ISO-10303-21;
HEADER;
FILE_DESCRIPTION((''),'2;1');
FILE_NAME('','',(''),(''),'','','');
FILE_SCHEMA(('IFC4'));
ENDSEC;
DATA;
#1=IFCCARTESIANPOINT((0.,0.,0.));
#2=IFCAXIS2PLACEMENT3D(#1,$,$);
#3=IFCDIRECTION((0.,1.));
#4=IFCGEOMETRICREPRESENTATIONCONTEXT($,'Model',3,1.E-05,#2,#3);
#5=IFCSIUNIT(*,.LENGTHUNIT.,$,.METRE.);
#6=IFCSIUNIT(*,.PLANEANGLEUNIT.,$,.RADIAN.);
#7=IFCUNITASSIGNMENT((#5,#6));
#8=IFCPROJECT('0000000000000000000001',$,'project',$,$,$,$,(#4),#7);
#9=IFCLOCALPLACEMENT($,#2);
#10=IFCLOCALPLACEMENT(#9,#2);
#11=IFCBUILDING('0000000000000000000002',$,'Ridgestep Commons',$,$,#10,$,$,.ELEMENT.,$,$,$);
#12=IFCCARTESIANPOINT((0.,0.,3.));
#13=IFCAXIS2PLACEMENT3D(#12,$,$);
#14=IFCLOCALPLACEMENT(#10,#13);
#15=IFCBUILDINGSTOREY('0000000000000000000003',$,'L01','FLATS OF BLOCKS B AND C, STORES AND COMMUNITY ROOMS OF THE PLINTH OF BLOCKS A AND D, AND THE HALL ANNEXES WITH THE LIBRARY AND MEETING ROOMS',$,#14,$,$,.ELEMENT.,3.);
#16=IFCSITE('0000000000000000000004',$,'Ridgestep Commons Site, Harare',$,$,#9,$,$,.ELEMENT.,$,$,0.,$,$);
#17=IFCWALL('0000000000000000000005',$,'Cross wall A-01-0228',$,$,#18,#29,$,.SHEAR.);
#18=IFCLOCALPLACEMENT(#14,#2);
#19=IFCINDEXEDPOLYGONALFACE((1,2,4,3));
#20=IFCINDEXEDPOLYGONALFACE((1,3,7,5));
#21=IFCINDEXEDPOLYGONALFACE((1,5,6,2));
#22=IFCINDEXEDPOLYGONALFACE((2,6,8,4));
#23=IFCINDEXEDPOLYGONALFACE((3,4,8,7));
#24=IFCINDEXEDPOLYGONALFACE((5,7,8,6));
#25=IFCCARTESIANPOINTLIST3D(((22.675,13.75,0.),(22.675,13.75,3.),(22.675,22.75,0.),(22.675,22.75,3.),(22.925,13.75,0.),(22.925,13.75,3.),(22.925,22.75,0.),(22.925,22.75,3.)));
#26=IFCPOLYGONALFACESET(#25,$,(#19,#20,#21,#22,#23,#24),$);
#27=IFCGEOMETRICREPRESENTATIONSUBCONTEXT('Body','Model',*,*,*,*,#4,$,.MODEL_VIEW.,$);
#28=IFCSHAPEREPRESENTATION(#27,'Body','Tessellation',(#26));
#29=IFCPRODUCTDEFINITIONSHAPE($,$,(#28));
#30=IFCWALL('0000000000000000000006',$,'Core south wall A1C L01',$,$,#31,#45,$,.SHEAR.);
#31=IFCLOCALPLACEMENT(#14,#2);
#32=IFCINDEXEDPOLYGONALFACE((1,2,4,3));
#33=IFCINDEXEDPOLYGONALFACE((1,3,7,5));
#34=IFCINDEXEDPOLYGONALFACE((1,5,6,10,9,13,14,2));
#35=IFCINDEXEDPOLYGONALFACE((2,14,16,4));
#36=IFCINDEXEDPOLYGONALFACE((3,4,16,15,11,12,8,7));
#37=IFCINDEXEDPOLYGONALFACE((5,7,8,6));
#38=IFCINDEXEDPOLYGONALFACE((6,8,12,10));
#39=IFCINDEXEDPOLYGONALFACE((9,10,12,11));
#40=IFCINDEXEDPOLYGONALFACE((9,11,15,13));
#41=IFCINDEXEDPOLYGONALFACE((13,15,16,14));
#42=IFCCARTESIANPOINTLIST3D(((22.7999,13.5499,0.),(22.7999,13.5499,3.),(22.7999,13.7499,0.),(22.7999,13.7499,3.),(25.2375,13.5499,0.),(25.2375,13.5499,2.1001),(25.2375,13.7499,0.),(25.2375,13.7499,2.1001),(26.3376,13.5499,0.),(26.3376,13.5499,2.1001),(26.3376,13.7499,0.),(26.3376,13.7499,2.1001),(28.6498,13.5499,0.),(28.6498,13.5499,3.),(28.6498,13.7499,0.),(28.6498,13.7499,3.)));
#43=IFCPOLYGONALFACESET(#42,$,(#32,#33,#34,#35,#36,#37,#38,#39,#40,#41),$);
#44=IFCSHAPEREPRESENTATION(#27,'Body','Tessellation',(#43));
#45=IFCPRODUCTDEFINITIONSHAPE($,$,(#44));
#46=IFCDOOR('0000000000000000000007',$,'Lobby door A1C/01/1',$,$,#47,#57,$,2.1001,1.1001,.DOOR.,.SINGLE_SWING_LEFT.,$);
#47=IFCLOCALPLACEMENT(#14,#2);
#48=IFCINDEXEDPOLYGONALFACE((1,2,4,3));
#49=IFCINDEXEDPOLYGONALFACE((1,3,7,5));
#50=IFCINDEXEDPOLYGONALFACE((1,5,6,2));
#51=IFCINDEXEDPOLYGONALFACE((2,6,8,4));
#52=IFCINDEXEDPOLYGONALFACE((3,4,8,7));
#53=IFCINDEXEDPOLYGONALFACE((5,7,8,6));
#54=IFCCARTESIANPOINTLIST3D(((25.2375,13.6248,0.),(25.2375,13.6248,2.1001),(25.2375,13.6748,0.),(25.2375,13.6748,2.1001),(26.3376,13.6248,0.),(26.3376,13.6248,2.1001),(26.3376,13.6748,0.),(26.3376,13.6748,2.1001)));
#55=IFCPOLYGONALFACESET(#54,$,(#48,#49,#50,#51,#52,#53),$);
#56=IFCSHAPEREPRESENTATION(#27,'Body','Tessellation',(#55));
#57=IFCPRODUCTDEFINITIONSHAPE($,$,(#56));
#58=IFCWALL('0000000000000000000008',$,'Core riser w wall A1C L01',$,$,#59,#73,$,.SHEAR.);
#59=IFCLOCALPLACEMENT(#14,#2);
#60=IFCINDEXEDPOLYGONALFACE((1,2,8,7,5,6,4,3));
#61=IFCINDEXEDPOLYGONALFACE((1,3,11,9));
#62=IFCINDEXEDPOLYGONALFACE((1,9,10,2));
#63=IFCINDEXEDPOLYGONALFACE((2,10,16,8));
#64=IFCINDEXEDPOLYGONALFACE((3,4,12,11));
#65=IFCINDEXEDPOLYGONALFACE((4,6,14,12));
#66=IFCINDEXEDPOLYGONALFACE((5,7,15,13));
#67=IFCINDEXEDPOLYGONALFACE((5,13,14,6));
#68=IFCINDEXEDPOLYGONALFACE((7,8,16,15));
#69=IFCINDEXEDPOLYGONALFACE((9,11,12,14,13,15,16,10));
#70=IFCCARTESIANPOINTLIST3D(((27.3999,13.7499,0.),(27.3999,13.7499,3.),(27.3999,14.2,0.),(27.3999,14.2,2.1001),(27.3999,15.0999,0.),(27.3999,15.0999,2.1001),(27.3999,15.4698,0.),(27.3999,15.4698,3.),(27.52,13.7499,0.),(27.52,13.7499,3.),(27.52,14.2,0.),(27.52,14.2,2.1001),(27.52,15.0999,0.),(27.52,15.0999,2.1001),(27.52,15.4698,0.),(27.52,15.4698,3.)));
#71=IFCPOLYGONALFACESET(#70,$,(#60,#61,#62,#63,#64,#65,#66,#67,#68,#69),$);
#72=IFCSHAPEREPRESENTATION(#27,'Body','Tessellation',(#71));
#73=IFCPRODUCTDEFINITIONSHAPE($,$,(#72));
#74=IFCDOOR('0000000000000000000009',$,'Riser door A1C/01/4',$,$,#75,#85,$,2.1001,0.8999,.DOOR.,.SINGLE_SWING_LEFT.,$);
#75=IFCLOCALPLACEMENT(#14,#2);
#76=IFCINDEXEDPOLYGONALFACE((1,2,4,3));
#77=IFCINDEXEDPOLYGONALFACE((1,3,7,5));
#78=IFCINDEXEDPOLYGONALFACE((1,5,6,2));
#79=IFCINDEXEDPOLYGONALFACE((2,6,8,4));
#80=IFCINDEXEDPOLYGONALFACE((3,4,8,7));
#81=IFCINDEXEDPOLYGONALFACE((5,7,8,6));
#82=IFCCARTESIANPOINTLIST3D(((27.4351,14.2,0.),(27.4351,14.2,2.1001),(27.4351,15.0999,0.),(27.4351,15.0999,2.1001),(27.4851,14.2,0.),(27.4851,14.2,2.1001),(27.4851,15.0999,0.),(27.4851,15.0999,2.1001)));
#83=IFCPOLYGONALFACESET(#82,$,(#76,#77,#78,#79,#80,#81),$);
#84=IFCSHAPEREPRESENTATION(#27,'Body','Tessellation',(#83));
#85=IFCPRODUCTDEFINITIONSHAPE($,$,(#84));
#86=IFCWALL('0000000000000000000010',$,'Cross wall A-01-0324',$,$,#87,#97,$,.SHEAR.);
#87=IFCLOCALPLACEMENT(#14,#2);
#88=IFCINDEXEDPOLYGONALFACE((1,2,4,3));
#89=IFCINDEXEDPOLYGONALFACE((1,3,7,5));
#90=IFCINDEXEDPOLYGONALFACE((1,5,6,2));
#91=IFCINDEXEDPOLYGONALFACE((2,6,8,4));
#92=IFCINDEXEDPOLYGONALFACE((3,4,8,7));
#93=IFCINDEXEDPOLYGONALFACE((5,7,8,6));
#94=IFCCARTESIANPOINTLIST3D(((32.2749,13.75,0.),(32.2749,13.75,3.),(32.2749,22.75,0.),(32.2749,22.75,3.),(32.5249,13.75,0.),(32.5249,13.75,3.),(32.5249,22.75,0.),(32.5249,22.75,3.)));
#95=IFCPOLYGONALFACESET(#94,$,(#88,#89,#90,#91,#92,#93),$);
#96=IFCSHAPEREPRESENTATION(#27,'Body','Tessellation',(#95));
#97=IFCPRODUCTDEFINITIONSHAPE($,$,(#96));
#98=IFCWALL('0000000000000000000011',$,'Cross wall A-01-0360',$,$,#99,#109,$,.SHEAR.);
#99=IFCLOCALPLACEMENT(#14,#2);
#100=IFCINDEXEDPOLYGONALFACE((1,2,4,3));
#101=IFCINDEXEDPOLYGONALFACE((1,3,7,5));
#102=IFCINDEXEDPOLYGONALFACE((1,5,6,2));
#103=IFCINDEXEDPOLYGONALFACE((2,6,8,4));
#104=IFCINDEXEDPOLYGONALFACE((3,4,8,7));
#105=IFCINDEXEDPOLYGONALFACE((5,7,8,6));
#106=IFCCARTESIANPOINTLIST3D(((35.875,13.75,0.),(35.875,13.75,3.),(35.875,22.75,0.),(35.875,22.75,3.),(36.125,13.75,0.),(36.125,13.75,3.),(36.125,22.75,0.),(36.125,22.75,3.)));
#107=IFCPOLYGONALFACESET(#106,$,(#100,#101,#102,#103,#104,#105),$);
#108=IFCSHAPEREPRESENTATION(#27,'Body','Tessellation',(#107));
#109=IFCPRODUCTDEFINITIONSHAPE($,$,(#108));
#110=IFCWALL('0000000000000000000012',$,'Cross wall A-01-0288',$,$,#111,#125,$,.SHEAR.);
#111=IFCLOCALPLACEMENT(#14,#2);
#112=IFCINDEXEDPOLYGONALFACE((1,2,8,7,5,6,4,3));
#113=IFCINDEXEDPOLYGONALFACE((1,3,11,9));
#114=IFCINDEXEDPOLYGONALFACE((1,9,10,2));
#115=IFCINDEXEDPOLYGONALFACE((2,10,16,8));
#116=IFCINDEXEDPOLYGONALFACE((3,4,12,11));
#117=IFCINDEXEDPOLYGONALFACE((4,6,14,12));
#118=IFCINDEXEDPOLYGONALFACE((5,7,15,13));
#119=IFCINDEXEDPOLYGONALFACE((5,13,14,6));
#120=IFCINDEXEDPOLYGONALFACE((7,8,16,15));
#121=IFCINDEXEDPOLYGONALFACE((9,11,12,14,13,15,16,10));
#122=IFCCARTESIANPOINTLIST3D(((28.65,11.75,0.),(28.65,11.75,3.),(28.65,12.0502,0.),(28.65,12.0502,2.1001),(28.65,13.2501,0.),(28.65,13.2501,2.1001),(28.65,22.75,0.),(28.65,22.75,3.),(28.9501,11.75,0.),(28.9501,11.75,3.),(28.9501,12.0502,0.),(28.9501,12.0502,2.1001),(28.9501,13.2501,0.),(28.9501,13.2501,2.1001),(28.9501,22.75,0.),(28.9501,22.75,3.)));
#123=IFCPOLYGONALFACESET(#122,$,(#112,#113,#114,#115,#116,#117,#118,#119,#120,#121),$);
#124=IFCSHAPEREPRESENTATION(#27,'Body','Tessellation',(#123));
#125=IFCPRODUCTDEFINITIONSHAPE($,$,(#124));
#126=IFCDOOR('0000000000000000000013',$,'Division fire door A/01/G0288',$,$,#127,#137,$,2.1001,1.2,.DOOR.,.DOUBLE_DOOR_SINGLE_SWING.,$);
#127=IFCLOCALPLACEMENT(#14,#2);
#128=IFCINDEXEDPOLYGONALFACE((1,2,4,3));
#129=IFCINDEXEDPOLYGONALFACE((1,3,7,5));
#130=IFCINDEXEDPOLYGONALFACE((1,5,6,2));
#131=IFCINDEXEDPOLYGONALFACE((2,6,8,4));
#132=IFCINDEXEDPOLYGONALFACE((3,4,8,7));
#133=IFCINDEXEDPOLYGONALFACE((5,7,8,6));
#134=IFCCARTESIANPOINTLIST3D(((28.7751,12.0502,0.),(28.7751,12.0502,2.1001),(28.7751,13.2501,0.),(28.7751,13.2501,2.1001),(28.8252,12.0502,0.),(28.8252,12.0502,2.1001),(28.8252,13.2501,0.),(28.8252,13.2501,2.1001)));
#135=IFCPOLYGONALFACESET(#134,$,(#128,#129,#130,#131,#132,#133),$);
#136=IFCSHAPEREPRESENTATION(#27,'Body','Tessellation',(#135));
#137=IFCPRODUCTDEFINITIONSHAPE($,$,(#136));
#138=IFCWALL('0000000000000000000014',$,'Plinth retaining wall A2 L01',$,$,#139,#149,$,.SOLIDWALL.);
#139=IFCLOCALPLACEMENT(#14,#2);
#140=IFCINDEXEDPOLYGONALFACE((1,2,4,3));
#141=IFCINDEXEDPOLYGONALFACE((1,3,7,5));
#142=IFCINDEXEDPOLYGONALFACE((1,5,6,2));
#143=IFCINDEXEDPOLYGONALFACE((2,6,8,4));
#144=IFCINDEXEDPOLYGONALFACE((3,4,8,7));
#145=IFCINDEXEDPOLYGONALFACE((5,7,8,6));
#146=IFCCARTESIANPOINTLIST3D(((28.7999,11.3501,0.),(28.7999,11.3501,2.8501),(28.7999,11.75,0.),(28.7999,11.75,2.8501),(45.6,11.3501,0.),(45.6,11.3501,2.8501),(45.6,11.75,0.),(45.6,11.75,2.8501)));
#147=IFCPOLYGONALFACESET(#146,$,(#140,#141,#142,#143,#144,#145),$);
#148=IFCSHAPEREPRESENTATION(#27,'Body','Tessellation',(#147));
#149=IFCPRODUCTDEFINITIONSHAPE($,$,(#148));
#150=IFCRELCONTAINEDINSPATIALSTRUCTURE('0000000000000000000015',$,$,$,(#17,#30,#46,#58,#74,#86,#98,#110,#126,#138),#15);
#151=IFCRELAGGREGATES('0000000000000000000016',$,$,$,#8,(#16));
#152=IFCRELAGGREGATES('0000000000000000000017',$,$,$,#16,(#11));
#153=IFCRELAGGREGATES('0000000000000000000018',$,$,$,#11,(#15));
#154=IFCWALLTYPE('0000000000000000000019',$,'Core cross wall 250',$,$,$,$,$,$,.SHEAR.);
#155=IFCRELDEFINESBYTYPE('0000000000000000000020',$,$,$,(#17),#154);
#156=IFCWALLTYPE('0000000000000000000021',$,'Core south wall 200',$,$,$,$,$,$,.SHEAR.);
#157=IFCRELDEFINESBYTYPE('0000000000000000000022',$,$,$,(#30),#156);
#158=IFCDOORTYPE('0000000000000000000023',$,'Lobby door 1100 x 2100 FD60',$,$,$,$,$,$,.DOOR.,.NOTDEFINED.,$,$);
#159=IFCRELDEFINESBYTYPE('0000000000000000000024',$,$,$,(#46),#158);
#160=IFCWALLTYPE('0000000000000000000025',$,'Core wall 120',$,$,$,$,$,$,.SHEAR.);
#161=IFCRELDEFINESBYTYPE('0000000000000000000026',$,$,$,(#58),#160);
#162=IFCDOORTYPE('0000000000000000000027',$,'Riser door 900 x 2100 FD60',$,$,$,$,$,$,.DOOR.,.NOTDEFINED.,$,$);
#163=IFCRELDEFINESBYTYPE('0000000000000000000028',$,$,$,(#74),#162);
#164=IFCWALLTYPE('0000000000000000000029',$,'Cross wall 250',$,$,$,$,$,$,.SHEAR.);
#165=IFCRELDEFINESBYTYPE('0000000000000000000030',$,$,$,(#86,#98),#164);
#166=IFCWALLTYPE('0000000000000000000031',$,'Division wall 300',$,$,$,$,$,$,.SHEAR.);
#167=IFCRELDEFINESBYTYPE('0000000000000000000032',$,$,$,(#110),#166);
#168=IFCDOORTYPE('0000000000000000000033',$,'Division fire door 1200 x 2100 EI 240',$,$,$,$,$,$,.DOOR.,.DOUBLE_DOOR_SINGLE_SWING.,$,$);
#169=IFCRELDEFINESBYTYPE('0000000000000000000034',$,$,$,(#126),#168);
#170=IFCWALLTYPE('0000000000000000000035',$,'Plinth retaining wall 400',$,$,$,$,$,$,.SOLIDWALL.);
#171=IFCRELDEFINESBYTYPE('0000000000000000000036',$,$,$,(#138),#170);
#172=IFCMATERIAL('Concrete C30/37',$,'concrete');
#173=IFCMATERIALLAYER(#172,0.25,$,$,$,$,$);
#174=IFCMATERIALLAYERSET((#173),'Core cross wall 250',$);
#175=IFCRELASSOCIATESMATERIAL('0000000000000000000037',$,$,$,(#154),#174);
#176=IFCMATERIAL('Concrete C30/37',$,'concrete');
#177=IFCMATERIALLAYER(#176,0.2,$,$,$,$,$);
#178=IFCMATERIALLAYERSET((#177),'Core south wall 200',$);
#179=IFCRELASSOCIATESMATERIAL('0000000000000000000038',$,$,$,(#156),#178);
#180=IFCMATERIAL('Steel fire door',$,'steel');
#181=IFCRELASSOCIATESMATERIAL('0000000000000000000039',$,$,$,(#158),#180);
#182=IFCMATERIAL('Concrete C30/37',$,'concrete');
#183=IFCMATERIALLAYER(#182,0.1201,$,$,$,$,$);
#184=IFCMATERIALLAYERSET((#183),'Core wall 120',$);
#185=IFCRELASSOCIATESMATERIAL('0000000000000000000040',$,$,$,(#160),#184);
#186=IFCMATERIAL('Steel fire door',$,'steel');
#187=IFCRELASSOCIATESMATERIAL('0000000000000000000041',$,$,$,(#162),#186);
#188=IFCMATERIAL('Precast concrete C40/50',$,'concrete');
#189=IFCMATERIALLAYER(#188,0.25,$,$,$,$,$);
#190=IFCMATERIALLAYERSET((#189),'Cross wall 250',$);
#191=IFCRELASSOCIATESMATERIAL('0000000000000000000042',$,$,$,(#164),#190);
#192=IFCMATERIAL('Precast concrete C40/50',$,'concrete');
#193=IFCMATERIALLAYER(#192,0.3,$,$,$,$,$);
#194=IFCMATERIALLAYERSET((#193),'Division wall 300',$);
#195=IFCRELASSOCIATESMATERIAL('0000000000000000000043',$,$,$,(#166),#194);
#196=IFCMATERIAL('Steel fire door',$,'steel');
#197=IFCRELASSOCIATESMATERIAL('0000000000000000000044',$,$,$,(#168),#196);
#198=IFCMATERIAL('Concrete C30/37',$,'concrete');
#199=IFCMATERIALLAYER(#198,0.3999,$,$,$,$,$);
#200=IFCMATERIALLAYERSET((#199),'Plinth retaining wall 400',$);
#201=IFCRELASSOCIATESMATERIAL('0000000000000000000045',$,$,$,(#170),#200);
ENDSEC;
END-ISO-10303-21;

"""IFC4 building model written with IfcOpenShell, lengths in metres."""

from ifc_helpers import new_model, si_unit, direction, frame, frame_2d, origin, place, context, subcontext, project, spatial, rectangle, extrude, material, layer, layer_set, type_object, element, fill, save


model = new_model("IFC4")

# Units and contexts
model_context = context("Model", 3, precision=1e-05, world=origin(), true_north=direction((0.0, 1.0)))
body_context = subcontext(model_context, "Body", "Model", "MODEL_VIEW")
ifc_project = project(units=[si_unit("LENGTHUNIT", "METRE"), si_unit("PLANEANGLEUNIT", "RADIAN")], contexts=[model_context])

# Site, building, storey
site_placement = place(None, origin())
site = spatial("IfcSite", under=ifc_project, at=site_placement, Name="Ridgestep Commons Site, Harare", CompositionType="ELEMENT", RefElevation=0.0)
building_placement = place(site_placement, origin())
building = spatial("IfcBuilding", under=site, at=building_placement, Name="Ridgestep Commons", CompositionType="ELEMENT")
storey_placement = place(building_placement, frame((0.0, 0.0, 3.0)))
storey = spatial("IfcBuildingStorey", under=building, at=storey_placement, Name="L01", Description="FLATS OF BLOCKS B AND C, STORES AND COMMUNITY ROOMS OF THE PLINTH OF BLOCKS A AND D, AND THE HALL ANNEXES WITH THE LIBRARY AND MEETING ROOMS", CompositionType="ELEMENT", Elevation=3.0)

# Wall
ifc_material_1 = material(Name="Concrete C30/37", Category="concrete")
ifc_layer_1 = layer(ifc_material_1, 0.25)
ifc_layer_set_1 = layer_set([ifc_layer_1], Name="Core cross wall 250")
wall_type_1 = type_object("IfcWallType", Name="Core cross wall 250", PredefinedType="SHEAR", material=ifc_layer_set_1)
wall_1_placement = place(storey_placement, frame((22.8, 13.75, 0.0), z_axis=(0.0, 0.0, 1.0), x_axis=(0.0, 1.0, 0.0)))
element("IfcWall", 1, at=wall_1_placement, inside=storey, type_object=wall_type_1, Name="Cross wall A-01-0228", PredefinedType="SHEAR", context=body_context, shape_type="SweptSolid", body=[
    extrude(rectangle(XDim=9.0, YDim=0.25, at=frame_2d((4.5, 0.0))), origin(), (0.0, 0.0, 1.0), 3.0),
])

# Walls, openings, doors
ifc_material_2 = material(Name="Concrete C30/37", Category="concrete")
ifc_layer_2 = layer(ifc_material_2, 0.2)
ifc_layer_set_2 = layer_set([ifc_layer_2], Name="Core south wall 200")
wall_type_2 = type_object("IfcWallType", Name="Core south wall 200", PredefinedType="SHEAR", material=ifc_layer_set_2)
wall_2_placement = place(storey_placement, frame((22.8, 13.6499, 0.0), z_axis=(0.0, 0.0, 1.0), x_axis=(1.0, 0.0, 0.0)))
wall_2 = element("IfcWall", 2, at=wall_2_placement, inside=storey, type_object=wall_type_2, Name="Core south wall A1C L01", PredefinedType="SHEAR", context=body_context, shape_type="SweptSolid", body=[
    extrude(rectangle(XDim=5.8499, YDim=0.2, at=frame_2d((2.9248, 0.0))), origin(), (0.0, 0.0, 1.0), 3.0),
])
opening_1_placement = place(wall_2_placement, frame((2.4375, 0.0, 0.0)))
opening_1 = element("IfcOpeningElement", 3, at=opening_1_placement, cuts=wall_2, PredefinedType="OPENING", context=body_context, shape_type="SweptSolid", body=[
    extrude(rectangle(XDim=1.1001, YDim=2.1001, at=frame_2d((0.55, 1.05))), frame((0.0, 0.1099, 0.0), z_axis=(0.0, -1.0, 0.0), x_axis=(1.0, 0.0, 0.0)), (0.0, 0.0, 1.0), 0.22),
])
ifc_material_3 = material(Name="Steel fire door", Category="steel")
door_type_1 = type_object("IfcDoorType", Name="Lobby door 1100 x 2100 FD60", OperationType="NOTDEFINED", PredefinedType="DOOR", material=ifc_material_3)
door_1_placement = place(opening_1_placement, origin())
door_1 = element("IfcDoor", 4, at=door_1_placement, inside=storey, type_object=door_type_1, Name="Lobby door A1C/01/1", OperationType="SINGLE_SWING_LEFT", OverallHeight=2.1001, OverallWidth=1.1001, PredefinedType="DOOR", context=body_context, shape_type="SweptSolid", body=[
    extrude(rectangle(XDim=1.1001, YDim=2.1001, at=frame_2d((0.55, 1.05))), frame((0.0, 0.0249, 0.0), z_axis=(0.0, -1.0, 0.0), x_axis=(1.0, 0.0, 0.0)), (0.0, 0.0, 1.0), 0.05),
])
fill(opening_1, door_1)
ifc_material_4 = material(Name="Concrete C30/37", Category="concrete")
ifc_layer_3 = layer(ifc_material_4, 0.1201)
ifc_layer_set_3 = layer_set([ifc_layer_3], Name="Core wall 120")
wall_type_3 = type_object("IfcWallType", Name="Core wall 120", PredefinedType="SHEAR", material=ifc_layer_set_3)
wall_3_placement = place(storey_placement, frame((27.46, 13.75, 0.0), z_axis=(0.0, 0.0, 1.0), x_axis=(0.0, 1.0, 0.0)))
wall_3 = element("IfcWall", 5, at=wall_3_placement, inside=storey, type_object=wall_type_3, Name="Core riser w wall A1C L01", PredefinedType="SHEAR", context=body_context, shape_type="SweptSolid", body=[
    extrude(rectangle(XDim=1.72, YDim=0.1201, at=frame_2d((0.8599, 0.0))), origin(), (0.0, 0.0, 1.0), 3.0),
])
opening_2_placement = place(wall_3_placement, frame((0.45, 0.0, 0.0)))
opening_2 = element("IfcOpeningElement", 6, at=opening_2_placement, cuts=wall_3, PredefinedType="OPENING", context=body_context, shape_type="SweptSolid", body=[
    extrude(rectangle(XDim=0.8999, YDim=2.1001, at=frame_2d((0.45, 1.05))), frame((0.0, 0.0701, 0.0), z_axis=(0.0, -1.0, 0.0), x_axis=(1.0, 0.0, 0.0)), (0.0, 0.0, 1.0), 0.1401),
])
ifc_material_5 = material(Name="Steel fire door", Category="steel")
door_type_2 = type_object("IfcDoorType", Name="Riser door 900 x 2100 FD60", OperationType="NOTDEFINED", PredefinedType="DOOR", material=ifc_material_5)
door_2_placement = place(opening_2_placement, origin())
door_2 = element("IfcDoor", 7, at=door_2_placement, inside=storey, type_object=door_type_2, Name="Riser door A1C/01/4", OperationType="SINGLE_SWING_LEFT", OverallHeight=2.1001, OverallWidth=0.8999, PredefinedType="DOOR", context=body_context, shape_type="SweptSolid", body=[
    extrude(rectangle(XDim=0.8999, YDim=2.1001, at=frame_2d((0.45, 1.05))), frame((0.0, 0.0249, 0.0), z_axis=(0.0, -1.0, 0.0), x_axis=(1.0, 0.0, 0.0)), (0.0, 0.0, 1.0), 0.05),
])
fill(opening_2, door_2)

# Walls
ifc_material_6 = material(Name="Precast concrete C40/50", Category="concrete")
ifc_layer_4 = layer(ifc_material_6, 0.25)
ifc_layer_set_4 = layer_set([ifc_layer_4], Name="Cross wall 250")
wall_type_4 = type_object("IfcWallType", Name="Cross wall 250", PredefinedType="SHEAR", material=ifc_layer_set_4)
for number, where, z_axis, x_axis, name in (
    (8, (32.3999, 13.75, 0.0), (0.0, 0.0, 1.0), (0.0, 1.0, 0.0), "Cross wall A-01-0324"),
    (9, (36.0, 13.75, 0.0), (0.0, 0.0, 1.0), (0.0, 1.0, 0.0), "Cross wall A-01-0360"),
):
    element("IfcWall", number, at=place(storey_placement, frame(where, z_axis=z_axis, x_axis=x_axis)), inside=storey, type_object=wall_type_4, Name=name, PredefinedType="SHEAR", context=body_context, shape_type="SweptSolid", body=[
        extrude(rectangle(XDim=9.0, YDim=0.25, at=frame_2d((4.5, 0.0))), origin(), (0.0, 0.0, 1.0), 3.0),
    ])

# Wall, opening, door
ifc_material_7 = material(Name="Precast concrete C40/50", Category="concrete")
ifc_layer_5 = layer(ifc_material_7, 0.3)
ifc_layer_set_5 = layer_set([ifc_layer_5], Name="Division wall 300")
wall_type_5 = type_object("IfcWallType", Name="Division wall 300", PredefinedType="SHEAR", material=ifc_layer_set_5)
wall_4_placement = place(storey_placement, frame((28.8, 11.75, 0.0), z_axis=(0.0, 0.0, 1.0), x_axis=(0.0, 1.0, 0.0)))
wall_4 = element("IfcWall", 10, at=wall_4_placement, inside=storey, type_object=wall_type_5, Name="Cross wall A-01-0288", PredefinedType="SHEAR", context=body_context, shape_type="SweptSolid", body=[
    extrude(rectangle(XDim=11.0, YDim=0.3, at=frame_2d((5.5, 0.0))), origin(), (0.0, 0.0, 1.0), 3.0),
])
opening_3_placement = place(wall_4_placement, frame((0.3, 0.0, 0.0)))
opening_3 = element("IfcOpeningElement", 11, at=opening_3_placement, cuts=wall_4, PredefinedType="OPENING", context=body_context, shape_type="SweptSolid", body=[
    extrude(rectangle(XDim=1.2, YDim=2.1001, at=frame_2d((0.6001, 1.05))), frame((0.0, 0.1599, 0.0), z_axis=(0.0, -1.0, 0.0), x_axis=(1.0, 0.0, 0.0)), (0.0, 0.0, 1.0), 0.3201),
])
ifc_material_8 = material(Name="Steel fire door", Category="steel")
door_type_3 = type_object("IfcDoorType", Name="Division fire door 1200 x 2100 EI 240", OperationType="DOUBLE_DOOR_SINGLE_SWING", PredefinedType="DOOR", material=ifc_material_8)
door_3_placement = place(opening_3_placement, origin())
door_3 = element("IfcDoor", 12, at=door_3_placement, inside=storey, type_object=door_type_3, Name="Division fire door A/01/G0288", OperationType="DOUBLE_DOOR_SINGLE_SWING", OverallHeight=2.1001, OverallWidth=1.2, PredefinedType="DOOR", context=body_context, shape_type="SweptSolid", body=[
    extrude(rectangle(XDim=1.2, YDim=2.1001, at=frame_2d((0.6001, 1.05))), frame((0.0, 0.0249, 0.0), z_axis=(0.0, -1.0, 0.0), x_axis=(1.0, 0.0, 0.0)), (0.0, 0.0, 1.0), 0.05),
])
fill(opening_3, door_3)

# Wall
ifc_material_9 = material(Name="Concrete C30/37", Category="concrete")
ifc_layer_6 = layer(ifc_material_9, 0.3999)
ifc_layer_set_6 = layer_set([ifc_layer_6], Name="Plinth retaining wall 400")
wall_type_6 = type_object("IfcWallType", Name="Plinth retaining wall 400", PredefinedType="SOLIDWALL", material=ifc_layer_set_6)
wall_5_placement = place(storey_placement, frame((28.8, 11.55, 0.0), z_axis=(0.0, 0.0, 1.0), x_axis=(1.0, 0.0, 0.0)))
element("IfcWall", 13, at=wall_5_placement, inside=storey, type_object=wall_type_6, Name="Plinth retaining wall A2 L01", PredefinedType="SOLIDWALL", context=body_context, shape_type="SweptSolid", body=[
    extrude(rectangle(XDim=16.8, YDim=0.3999, at=frame_2d((8.3999, 0.0))), origin(), (0.0, 0.0, 1.0), 2.8501),
])

save(model, "model.ifc")
